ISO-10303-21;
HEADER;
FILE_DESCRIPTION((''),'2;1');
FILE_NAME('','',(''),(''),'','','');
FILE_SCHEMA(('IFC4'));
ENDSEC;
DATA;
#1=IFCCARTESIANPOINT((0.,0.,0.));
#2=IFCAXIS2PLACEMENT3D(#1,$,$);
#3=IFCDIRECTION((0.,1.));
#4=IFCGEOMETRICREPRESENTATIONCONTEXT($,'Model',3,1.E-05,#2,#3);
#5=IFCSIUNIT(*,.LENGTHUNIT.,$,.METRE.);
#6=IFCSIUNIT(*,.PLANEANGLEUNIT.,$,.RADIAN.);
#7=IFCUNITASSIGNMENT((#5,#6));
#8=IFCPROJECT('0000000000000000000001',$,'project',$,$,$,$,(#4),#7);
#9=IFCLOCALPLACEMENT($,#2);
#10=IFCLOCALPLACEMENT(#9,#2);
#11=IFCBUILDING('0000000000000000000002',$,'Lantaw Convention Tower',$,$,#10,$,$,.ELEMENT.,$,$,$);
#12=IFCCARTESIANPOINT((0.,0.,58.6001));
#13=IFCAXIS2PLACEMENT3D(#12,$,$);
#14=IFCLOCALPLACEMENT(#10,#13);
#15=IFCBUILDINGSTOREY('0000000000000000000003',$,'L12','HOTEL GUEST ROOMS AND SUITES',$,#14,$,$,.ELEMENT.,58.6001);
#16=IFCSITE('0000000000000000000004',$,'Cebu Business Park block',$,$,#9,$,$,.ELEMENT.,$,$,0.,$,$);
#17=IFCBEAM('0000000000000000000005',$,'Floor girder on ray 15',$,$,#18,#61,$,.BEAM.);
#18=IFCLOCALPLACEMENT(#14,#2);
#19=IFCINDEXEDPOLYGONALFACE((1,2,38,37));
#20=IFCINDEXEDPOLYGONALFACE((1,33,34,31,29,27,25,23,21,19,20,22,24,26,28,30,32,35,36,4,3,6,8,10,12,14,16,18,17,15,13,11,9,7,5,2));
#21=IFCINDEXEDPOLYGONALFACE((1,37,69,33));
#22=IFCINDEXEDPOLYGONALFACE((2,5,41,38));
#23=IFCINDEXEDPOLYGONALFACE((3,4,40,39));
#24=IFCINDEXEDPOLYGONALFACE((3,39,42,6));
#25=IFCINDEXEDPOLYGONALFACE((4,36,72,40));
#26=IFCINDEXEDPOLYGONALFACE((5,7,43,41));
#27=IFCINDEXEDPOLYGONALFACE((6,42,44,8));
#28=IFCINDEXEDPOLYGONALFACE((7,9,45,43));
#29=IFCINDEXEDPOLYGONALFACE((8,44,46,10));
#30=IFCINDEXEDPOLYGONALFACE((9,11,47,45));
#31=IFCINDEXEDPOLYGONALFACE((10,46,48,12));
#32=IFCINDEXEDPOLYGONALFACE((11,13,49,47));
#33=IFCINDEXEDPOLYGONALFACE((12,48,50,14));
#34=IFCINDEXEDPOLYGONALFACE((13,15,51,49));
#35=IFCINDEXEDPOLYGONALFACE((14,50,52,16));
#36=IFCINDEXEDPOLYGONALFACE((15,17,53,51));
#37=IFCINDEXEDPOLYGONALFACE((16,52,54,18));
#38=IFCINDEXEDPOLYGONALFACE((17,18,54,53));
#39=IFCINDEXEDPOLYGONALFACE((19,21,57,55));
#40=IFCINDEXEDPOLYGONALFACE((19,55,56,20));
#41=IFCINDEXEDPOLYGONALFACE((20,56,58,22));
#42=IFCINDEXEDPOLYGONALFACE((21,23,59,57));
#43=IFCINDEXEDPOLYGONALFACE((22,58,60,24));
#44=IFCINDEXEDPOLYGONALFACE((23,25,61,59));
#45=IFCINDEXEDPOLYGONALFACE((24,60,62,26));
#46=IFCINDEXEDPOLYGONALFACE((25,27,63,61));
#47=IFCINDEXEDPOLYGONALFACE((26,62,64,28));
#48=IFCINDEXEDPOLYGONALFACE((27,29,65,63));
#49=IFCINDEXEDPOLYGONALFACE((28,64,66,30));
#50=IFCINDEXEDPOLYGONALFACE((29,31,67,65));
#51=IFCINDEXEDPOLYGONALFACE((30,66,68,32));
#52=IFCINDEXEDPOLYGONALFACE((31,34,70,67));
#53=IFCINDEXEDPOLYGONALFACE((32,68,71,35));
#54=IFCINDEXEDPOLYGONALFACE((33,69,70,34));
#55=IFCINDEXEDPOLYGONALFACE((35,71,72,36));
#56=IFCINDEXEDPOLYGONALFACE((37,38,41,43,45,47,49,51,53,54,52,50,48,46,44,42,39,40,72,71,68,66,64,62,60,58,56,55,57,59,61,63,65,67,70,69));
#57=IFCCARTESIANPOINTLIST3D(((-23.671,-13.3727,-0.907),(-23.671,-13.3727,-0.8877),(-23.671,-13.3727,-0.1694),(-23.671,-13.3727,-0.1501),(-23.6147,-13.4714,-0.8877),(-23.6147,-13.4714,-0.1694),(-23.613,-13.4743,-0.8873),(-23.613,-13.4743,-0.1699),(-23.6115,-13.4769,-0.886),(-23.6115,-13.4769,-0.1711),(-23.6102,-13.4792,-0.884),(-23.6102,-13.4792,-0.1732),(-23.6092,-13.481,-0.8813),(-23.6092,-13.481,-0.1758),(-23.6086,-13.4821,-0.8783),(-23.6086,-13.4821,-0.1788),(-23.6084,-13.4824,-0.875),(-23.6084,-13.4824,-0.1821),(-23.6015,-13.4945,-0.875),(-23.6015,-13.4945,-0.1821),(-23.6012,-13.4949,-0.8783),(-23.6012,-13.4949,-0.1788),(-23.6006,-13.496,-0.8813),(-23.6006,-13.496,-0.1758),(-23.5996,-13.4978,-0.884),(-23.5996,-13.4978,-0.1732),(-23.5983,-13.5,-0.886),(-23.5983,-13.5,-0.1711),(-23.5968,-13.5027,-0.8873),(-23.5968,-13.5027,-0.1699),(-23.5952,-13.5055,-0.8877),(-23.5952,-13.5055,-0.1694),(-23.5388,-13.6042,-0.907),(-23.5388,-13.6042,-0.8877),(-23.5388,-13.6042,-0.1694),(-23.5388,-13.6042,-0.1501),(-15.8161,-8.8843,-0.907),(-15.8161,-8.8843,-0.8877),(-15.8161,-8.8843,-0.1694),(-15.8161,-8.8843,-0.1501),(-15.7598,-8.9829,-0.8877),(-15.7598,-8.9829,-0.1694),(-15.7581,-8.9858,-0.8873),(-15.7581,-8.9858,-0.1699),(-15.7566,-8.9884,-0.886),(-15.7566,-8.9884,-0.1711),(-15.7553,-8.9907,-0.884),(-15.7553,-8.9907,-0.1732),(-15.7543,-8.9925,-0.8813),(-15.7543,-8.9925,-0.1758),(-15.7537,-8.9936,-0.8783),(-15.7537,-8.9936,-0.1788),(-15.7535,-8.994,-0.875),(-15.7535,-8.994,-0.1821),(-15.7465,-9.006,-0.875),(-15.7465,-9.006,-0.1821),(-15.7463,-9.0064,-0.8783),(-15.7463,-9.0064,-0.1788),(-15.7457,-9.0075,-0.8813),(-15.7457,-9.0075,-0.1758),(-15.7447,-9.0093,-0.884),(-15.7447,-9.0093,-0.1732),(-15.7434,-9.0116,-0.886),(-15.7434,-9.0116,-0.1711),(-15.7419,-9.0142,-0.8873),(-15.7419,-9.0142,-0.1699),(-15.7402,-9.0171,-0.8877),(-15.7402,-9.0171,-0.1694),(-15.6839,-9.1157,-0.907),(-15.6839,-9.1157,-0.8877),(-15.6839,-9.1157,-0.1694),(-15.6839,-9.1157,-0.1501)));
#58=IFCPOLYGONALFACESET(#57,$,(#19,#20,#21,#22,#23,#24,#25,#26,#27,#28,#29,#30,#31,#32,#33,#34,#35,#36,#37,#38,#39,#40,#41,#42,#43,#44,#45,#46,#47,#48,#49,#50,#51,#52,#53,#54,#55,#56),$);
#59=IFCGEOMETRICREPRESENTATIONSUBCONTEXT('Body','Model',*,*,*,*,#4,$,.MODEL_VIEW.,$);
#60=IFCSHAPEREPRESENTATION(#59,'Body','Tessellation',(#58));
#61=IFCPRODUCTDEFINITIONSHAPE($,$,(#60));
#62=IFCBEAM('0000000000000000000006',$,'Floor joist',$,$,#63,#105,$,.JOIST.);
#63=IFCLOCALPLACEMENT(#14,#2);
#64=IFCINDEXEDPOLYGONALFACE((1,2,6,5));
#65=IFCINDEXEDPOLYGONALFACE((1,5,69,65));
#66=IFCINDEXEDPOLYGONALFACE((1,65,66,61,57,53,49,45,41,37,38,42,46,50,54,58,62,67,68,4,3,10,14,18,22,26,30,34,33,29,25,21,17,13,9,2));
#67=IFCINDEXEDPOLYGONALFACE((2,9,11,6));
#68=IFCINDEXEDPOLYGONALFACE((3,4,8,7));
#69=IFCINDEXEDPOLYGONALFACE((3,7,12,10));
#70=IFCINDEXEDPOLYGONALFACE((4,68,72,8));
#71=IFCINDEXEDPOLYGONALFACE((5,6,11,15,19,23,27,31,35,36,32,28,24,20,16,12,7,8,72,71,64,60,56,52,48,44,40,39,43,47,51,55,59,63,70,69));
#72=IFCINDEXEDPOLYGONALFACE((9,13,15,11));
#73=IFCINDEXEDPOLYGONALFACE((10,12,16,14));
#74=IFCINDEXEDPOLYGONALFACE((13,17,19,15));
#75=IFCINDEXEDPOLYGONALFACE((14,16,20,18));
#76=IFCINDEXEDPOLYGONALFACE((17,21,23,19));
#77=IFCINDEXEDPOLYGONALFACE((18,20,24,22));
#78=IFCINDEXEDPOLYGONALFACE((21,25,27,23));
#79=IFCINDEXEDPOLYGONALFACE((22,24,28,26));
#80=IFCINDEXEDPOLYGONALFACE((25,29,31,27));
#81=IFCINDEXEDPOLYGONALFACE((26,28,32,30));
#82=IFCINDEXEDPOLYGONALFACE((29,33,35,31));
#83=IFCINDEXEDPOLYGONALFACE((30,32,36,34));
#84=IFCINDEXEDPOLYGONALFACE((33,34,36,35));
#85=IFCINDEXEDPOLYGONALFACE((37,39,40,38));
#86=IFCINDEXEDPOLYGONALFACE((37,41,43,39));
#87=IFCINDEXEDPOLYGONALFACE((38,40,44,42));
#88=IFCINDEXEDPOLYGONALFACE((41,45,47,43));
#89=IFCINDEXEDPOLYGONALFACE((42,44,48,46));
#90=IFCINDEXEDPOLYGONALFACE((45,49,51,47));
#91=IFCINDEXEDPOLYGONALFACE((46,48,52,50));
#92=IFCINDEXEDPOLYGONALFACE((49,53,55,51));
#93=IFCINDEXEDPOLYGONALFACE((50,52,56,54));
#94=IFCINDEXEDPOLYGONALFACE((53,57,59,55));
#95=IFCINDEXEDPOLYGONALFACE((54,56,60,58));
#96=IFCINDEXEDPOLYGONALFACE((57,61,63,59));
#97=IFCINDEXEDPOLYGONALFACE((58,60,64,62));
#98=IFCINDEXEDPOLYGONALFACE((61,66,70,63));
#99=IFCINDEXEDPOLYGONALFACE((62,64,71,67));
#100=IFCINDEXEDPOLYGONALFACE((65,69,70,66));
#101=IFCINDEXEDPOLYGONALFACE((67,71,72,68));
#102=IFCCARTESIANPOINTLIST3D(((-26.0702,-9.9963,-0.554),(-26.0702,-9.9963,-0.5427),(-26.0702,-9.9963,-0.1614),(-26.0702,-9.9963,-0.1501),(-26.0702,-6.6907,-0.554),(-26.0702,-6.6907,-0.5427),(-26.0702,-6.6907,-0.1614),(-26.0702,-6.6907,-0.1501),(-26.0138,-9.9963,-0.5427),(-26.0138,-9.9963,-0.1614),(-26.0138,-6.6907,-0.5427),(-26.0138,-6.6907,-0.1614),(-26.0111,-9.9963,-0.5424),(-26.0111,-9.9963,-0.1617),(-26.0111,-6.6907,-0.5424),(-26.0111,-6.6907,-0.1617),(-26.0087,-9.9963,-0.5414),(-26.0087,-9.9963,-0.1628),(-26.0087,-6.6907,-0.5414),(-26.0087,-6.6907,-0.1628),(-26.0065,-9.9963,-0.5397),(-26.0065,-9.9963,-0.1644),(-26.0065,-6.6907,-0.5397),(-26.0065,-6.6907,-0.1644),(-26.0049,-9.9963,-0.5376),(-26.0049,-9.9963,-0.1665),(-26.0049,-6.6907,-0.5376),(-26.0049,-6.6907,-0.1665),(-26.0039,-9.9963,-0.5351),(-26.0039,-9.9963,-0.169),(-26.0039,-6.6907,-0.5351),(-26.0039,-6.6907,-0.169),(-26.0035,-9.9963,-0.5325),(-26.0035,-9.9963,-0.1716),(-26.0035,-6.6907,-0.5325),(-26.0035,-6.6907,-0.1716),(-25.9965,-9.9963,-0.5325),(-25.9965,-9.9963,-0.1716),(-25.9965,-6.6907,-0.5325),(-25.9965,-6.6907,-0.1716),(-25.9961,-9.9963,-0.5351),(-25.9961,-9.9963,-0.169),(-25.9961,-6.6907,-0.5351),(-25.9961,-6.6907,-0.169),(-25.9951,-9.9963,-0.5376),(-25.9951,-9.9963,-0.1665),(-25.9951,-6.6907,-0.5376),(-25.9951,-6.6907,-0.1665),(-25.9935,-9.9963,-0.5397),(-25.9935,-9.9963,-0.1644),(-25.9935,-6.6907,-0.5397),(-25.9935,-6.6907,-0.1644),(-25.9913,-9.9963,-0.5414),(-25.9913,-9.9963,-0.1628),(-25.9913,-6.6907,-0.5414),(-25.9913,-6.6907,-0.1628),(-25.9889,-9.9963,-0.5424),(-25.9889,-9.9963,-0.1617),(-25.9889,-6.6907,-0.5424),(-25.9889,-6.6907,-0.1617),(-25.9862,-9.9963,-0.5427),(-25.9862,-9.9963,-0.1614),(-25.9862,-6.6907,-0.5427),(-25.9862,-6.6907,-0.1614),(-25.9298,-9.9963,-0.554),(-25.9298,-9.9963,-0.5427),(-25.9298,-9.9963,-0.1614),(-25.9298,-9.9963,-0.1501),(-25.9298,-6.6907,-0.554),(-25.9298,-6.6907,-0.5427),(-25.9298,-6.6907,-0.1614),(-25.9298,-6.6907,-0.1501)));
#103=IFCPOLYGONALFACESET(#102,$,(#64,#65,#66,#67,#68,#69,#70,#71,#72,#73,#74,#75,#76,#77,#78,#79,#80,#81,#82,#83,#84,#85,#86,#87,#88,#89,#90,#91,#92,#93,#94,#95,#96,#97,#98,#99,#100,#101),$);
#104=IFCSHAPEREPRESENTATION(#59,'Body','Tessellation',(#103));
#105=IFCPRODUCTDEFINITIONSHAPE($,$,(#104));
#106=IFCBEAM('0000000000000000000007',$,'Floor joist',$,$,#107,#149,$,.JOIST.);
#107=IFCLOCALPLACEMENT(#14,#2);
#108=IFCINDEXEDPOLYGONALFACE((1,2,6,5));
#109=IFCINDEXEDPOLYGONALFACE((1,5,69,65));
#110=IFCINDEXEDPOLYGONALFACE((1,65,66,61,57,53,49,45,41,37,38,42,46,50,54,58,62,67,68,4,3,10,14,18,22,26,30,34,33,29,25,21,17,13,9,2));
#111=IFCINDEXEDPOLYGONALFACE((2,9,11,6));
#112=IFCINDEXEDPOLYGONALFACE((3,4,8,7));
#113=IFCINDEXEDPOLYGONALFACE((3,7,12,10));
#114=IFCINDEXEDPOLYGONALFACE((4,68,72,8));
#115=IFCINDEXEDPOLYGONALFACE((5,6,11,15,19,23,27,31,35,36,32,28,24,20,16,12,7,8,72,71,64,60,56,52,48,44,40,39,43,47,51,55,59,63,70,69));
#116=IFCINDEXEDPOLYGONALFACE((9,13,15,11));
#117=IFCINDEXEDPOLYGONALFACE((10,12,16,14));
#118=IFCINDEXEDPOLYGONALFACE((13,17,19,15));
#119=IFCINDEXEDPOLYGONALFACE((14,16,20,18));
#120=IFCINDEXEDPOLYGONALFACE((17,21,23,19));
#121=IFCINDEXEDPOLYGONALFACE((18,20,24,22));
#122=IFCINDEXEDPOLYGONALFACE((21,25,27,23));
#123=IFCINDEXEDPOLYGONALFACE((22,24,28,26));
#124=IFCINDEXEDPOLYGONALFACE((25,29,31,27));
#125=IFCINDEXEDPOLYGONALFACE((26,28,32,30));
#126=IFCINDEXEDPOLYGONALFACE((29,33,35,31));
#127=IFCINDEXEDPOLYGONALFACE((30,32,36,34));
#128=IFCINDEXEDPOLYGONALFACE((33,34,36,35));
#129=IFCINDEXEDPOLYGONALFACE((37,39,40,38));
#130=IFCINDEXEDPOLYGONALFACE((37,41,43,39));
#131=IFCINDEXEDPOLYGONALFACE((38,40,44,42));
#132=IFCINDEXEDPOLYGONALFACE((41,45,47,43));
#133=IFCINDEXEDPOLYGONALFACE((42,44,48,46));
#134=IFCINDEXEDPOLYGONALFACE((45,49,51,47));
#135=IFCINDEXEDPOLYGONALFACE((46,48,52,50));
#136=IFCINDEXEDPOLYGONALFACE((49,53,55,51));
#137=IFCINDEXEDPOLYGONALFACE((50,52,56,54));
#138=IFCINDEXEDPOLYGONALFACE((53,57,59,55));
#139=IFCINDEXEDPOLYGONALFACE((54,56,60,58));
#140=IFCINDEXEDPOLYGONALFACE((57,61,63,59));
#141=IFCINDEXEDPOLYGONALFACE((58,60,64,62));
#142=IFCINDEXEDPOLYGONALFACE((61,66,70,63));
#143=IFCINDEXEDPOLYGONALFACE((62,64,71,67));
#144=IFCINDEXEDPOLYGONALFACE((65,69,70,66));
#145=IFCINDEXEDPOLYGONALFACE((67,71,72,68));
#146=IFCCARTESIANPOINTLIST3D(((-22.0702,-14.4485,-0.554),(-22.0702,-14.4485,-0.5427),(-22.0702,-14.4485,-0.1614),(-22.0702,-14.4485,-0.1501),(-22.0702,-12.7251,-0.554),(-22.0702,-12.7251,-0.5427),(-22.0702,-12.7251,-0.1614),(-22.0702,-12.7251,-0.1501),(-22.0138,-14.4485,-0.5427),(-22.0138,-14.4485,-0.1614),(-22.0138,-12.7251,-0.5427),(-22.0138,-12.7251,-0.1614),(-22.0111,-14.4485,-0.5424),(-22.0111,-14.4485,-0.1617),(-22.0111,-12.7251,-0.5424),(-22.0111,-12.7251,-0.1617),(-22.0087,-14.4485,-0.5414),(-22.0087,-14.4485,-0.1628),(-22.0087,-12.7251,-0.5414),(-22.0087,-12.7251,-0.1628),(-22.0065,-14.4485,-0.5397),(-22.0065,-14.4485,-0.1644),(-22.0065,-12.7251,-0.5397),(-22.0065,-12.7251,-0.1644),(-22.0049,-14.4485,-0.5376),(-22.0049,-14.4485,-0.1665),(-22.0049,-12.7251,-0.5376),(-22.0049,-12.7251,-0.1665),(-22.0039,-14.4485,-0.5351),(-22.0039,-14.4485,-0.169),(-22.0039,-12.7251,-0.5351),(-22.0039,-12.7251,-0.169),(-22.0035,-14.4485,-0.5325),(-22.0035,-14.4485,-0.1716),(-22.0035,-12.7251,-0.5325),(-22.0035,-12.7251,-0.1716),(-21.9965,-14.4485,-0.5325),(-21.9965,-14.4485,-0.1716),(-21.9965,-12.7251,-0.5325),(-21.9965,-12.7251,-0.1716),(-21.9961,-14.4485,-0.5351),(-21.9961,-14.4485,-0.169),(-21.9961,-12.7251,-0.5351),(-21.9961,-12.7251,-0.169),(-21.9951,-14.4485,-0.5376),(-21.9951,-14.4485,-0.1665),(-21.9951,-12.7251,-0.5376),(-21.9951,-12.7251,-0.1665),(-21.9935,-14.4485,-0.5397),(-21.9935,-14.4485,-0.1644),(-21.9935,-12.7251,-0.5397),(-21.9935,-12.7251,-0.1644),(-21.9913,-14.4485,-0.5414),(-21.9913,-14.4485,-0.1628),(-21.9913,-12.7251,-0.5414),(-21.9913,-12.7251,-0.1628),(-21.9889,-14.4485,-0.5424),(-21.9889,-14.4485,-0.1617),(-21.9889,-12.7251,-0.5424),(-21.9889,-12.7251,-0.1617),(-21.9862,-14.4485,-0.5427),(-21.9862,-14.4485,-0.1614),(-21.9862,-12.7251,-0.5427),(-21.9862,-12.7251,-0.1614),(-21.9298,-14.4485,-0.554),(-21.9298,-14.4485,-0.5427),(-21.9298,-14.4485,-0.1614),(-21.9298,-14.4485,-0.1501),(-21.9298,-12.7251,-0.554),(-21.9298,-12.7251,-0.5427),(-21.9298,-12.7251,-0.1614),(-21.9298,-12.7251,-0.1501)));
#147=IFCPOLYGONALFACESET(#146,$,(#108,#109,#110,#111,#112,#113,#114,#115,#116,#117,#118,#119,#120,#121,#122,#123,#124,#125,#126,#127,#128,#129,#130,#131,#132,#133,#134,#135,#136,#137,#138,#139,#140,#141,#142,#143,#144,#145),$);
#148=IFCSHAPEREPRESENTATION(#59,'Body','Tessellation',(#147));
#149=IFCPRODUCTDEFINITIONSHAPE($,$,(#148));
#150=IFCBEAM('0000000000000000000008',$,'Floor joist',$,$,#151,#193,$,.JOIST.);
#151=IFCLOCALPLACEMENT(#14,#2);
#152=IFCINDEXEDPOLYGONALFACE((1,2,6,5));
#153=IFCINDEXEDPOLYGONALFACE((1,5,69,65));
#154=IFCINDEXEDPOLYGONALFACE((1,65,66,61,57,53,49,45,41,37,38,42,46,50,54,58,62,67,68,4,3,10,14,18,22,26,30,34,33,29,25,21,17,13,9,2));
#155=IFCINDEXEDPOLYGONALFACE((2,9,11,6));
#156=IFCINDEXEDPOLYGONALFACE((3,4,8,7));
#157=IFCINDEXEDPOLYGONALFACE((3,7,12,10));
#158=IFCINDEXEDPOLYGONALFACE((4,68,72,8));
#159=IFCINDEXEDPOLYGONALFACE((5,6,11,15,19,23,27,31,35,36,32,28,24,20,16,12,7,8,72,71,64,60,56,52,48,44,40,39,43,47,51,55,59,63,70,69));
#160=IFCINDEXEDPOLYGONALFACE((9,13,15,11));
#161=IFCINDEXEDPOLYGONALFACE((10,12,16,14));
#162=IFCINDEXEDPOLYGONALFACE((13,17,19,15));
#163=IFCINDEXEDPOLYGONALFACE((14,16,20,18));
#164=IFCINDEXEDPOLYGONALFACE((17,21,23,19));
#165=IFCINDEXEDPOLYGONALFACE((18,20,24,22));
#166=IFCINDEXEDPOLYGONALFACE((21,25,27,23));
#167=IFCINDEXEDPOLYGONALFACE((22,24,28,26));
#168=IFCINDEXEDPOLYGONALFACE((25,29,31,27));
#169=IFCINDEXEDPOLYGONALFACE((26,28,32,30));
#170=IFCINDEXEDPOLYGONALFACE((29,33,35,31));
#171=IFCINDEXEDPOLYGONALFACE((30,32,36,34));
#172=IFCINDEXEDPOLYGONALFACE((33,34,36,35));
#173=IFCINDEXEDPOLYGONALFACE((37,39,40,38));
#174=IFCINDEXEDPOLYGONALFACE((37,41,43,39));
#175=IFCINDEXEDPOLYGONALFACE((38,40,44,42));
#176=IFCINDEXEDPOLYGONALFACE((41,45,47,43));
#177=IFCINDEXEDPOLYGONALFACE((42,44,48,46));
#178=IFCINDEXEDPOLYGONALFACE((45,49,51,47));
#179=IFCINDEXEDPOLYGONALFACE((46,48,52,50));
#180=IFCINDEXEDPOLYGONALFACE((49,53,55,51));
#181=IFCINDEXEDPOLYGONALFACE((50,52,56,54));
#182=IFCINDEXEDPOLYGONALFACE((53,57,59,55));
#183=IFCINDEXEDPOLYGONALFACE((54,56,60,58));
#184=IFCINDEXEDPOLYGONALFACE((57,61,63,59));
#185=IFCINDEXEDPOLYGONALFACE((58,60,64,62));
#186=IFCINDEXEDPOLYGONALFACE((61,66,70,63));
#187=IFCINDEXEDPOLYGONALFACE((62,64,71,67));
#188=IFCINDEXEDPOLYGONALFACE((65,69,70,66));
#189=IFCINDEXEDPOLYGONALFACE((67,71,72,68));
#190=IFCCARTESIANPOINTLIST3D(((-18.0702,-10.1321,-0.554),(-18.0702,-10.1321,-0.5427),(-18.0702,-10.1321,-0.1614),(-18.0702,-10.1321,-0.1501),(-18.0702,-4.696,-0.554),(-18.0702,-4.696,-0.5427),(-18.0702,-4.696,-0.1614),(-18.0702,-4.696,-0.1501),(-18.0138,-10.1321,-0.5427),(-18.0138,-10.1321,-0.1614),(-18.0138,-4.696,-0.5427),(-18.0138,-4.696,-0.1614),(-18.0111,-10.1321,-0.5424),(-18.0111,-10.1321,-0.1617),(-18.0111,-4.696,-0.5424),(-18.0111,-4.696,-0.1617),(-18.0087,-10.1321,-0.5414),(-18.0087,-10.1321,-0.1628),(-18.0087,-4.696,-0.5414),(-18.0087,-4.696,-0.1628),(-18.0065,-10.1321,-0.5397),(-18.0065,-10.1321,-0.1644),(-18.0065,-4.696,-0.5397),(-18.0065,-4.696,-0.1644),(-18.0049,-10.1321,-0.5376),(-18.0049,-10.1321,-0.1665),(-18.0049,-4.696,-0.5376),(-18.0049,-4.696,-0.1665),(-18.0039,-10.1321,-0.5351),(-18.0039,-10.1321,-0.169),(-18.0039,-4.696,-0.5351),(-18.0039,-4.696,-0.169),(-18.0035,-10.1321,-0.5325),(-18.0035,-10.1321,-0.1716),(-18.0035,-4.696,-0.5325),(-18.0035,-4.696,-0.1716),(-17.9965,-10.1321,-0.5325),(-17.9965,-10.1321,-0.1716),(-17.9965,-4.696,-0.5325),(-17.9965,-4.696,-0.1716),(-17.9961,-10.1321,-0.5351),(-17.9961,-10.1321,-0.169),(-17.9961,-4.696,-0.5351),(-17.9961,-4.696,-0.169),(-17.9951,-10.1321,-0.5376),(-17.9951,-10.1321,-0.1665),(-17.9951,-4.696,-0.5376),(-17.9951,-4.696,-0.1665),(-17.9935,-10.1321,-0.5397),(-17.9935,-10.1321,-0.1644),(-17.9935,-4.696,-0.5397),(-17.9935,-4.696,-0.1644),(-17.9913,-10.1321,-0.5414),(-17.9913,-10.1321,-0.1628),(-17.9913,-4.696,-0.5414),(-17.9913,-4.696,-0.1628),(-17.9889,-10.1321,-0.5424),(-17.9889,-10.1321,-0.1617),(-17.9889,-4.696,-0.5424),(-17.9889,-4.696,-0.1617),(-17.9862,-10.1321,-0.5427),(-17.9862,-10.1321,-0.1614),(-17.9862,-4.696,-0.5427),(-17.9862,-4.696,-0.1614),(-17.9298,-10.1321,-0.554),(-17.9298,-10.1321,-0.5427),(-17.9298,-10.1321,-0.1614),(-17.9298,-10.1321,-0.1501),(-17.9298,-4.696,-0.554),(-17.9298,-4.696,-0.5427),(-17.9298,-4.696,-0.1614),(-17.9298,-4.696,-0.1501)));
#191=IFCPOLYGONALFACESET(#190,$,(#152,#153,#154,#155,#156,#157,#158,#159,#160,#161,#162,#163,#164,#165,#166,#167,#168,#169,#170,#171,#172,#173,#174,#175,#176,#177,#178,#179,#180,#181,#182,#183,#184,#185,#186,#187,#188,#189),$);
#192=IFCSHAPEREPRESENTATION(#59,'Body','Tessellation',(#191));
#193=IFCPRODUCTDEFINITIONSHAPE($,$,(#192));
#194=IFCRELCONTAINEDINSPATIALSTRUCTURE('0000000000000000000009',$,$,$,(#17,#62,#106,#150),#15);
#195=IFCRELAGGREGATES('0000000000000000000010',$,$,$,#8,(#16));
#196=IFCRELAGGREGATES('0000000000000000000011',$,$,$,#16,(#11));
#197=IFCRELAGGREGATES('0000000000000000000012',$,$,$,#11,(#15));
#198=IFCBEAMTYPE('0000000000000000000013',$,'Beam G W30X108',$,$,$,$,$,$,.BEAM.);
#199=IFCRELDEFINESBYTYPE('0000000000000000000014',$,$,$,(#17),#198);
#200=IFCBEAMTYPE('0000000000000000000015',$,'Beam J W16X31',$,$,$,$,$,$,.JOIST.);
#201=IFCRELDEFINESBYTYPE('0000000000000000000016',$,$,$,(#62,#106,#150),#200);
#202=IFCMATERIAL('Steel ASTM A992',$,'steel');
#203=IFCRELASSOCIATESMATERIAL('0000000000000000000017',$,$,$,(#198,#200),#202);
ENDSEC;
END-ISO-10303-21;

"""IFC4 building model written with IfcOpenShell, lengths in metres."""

from ifc_helpers import new_model, si_unit, direction, frame, origin, origin_2d, place, context, subcontext, project, spatial, i_section, extrude, material, material_profile, profile_set, type_object, element, save


model = new_model("IFC4")

# Units and contexts
model_context = context("Model", 3, precision=1e-05, world=origin(), true_north=direction((0.0, 1.0)))
body_context = subcontext(model_context, "Body", "Model", "MODEL_VIEW")
ifc_project = project(units=[si_unit("LENGTHUNIT", "METRE"), si_unit("PLANEANGLEUNIT", "RADIAN")], contexts=[model_context])

# Site, building, storey
site_placement = place(None, origin())
site = spatial("IfcSite", under=ifc_project, at=site_placement, Name="Cebu Business Park block", CompositionType="ELEMENT", RefElevation=0.0)
building_placement = place(site_placement, origin())
building = spatial("IfcBuilding", under=site, at=building_placement, Name="Lantaw Convention Tower", CompositionType="ELEMENT")
storey_placement = place(building_placement, frame((0.0, 0.0, 58.6001)))
storey = spatial("IfcBuildingStorey", under=building, at=storey_placement, Name="L12", Description="HOTEL GUEST ROOMS AND SUITES", CompositionType="ELEMENT", Elevation=58.6001)

# Beams
ifc_material_1 = material(Name="Steel ASTM A992", Category="steel")
ifc_material_profile_1 = material_profile(ifc_material_1, i_section(OverallWidth=0.2666, OverallDepth=0.7568, WebThickness=0.0139, FlangeThickness=0.0193, FilletRadius=0.0127, at=origin_2d()), Name="W30X108")
ifc_profile_set_1 = profile_set([ifc_material_profile_1], Name="Steel ASTM A992")
beam_type_1 = type_object("IfcBeamType", Name="Beam G W30X108", PredefinedType="BEAM", material=ifc_profile_set_1)
beam_1_placement = place(storey_placement, frame((-15.75, -9.0, -0.5286), z_axis=(-0.868245, -0.496136, 0.0), x_axis=(0.496136, -0.868245, 0.0)))
element("IfcBeam", 1, at=beam_1_placement, inside=storey, type_object=beam_type_1, Name="Floor girder on ray 15", PredefinedType="BEAM", context=body_context, shape_type="SweptSolid", body=[
    extrude(i_section(OverallWidth=0.2666, OverallDepth=0.7568, WebThickness=0.0139, FlangeThickness=0.0193, FilletRadius=0.0127, at=origin_2d()), origin(), (0.0, 0.0, 1.0), 9.0469),
])
ifc_material_profile_2 = material_profile(ifc_material_1, i_section(OverallWidth=0.1404, OverallDepth=0.4038, WebThickness=0.0071, FlangeThickness=0.0112, FilletRadius=0.0103, at=origin_2d()), Name="W16X31")
ifc_profile_set_2 = profile_set([ifc_material_profile_2], Name="Steel ASTM A992")
beam_type_2 = type_object("IfcBeamType", Name="Beam J W16X31", PredefinedType="JOIST", material=ifc_profile_set_2)
beam_2_placement = place(storey_placement, frame((-26.0, -9.9963, -0.3521), z_axis=(0.0, 1.0, 0.0), x_axis=(-1.0, 0.0, 0.0)))
element("IfcBeam", 2, at=beam_2_placement, inside=storey, type_object=beam_type_2, Name="Floor joist", PredefinedType="JOIST", context=body_context, shape_type="SweptSolid", body=[
    extrude(i_section(OverallWidth=0.1404, OverallDepth=0.4038, WebThickness=0.0071, FlangeThickness=0.0112, FilletRadius=0.0103, at=origin_2d()), origin(), (0.0, 0.0, 1.0), 3.3057),
])
beam_3_placement = place(storey_placement, frame((-22.0, -14.4485, -0.3521), z_axis=(0.0, 1.0, 0.0), x_axis=(-1.0, 0.0, 0.0)))
element("IfcBeam", 3, at=beam_3_placement, inside=storey, type_object=beam_type_2, Name="Floor joist", PredefinedType="JOIST", context=body_context, shape_type="SweptSolid", body=[
    extrude(i_section(OverallWidth=0.1404, OverallDepth=0.4038, WebThickness=0.0071, FlangeThickness=0.0112, FilletRadius=0.0103, at=origin_2d()), origin(), (0.0, 0.0, 1.0), 1.7234),
])
beam_4_placement = place(storey_placement, frame((-18.0, -10.1321, -0.3521), z_axis=(0.0, 1.0, 0.0), x_axis=(-1.0, 0.0, 0.0)))
element("IfcBeam", 4, at=beam_4_placement, inside=storey, type_object=beam_type_2, Name="Floor joist", PredefinedType="JOIST", context=body_context, shape_type="SweptSolid", body=[
    extrude(i_section(OverallWidth=0.1404, OverallDepth=0.4038, WebThickness=0.0071, FlangeThickness=0.0112, FilletRadius=0.0103, at=origin_2d()), origin(), (0.0, 0.0, 1.0), 5.436),
])

save(model, "model.ifc")
